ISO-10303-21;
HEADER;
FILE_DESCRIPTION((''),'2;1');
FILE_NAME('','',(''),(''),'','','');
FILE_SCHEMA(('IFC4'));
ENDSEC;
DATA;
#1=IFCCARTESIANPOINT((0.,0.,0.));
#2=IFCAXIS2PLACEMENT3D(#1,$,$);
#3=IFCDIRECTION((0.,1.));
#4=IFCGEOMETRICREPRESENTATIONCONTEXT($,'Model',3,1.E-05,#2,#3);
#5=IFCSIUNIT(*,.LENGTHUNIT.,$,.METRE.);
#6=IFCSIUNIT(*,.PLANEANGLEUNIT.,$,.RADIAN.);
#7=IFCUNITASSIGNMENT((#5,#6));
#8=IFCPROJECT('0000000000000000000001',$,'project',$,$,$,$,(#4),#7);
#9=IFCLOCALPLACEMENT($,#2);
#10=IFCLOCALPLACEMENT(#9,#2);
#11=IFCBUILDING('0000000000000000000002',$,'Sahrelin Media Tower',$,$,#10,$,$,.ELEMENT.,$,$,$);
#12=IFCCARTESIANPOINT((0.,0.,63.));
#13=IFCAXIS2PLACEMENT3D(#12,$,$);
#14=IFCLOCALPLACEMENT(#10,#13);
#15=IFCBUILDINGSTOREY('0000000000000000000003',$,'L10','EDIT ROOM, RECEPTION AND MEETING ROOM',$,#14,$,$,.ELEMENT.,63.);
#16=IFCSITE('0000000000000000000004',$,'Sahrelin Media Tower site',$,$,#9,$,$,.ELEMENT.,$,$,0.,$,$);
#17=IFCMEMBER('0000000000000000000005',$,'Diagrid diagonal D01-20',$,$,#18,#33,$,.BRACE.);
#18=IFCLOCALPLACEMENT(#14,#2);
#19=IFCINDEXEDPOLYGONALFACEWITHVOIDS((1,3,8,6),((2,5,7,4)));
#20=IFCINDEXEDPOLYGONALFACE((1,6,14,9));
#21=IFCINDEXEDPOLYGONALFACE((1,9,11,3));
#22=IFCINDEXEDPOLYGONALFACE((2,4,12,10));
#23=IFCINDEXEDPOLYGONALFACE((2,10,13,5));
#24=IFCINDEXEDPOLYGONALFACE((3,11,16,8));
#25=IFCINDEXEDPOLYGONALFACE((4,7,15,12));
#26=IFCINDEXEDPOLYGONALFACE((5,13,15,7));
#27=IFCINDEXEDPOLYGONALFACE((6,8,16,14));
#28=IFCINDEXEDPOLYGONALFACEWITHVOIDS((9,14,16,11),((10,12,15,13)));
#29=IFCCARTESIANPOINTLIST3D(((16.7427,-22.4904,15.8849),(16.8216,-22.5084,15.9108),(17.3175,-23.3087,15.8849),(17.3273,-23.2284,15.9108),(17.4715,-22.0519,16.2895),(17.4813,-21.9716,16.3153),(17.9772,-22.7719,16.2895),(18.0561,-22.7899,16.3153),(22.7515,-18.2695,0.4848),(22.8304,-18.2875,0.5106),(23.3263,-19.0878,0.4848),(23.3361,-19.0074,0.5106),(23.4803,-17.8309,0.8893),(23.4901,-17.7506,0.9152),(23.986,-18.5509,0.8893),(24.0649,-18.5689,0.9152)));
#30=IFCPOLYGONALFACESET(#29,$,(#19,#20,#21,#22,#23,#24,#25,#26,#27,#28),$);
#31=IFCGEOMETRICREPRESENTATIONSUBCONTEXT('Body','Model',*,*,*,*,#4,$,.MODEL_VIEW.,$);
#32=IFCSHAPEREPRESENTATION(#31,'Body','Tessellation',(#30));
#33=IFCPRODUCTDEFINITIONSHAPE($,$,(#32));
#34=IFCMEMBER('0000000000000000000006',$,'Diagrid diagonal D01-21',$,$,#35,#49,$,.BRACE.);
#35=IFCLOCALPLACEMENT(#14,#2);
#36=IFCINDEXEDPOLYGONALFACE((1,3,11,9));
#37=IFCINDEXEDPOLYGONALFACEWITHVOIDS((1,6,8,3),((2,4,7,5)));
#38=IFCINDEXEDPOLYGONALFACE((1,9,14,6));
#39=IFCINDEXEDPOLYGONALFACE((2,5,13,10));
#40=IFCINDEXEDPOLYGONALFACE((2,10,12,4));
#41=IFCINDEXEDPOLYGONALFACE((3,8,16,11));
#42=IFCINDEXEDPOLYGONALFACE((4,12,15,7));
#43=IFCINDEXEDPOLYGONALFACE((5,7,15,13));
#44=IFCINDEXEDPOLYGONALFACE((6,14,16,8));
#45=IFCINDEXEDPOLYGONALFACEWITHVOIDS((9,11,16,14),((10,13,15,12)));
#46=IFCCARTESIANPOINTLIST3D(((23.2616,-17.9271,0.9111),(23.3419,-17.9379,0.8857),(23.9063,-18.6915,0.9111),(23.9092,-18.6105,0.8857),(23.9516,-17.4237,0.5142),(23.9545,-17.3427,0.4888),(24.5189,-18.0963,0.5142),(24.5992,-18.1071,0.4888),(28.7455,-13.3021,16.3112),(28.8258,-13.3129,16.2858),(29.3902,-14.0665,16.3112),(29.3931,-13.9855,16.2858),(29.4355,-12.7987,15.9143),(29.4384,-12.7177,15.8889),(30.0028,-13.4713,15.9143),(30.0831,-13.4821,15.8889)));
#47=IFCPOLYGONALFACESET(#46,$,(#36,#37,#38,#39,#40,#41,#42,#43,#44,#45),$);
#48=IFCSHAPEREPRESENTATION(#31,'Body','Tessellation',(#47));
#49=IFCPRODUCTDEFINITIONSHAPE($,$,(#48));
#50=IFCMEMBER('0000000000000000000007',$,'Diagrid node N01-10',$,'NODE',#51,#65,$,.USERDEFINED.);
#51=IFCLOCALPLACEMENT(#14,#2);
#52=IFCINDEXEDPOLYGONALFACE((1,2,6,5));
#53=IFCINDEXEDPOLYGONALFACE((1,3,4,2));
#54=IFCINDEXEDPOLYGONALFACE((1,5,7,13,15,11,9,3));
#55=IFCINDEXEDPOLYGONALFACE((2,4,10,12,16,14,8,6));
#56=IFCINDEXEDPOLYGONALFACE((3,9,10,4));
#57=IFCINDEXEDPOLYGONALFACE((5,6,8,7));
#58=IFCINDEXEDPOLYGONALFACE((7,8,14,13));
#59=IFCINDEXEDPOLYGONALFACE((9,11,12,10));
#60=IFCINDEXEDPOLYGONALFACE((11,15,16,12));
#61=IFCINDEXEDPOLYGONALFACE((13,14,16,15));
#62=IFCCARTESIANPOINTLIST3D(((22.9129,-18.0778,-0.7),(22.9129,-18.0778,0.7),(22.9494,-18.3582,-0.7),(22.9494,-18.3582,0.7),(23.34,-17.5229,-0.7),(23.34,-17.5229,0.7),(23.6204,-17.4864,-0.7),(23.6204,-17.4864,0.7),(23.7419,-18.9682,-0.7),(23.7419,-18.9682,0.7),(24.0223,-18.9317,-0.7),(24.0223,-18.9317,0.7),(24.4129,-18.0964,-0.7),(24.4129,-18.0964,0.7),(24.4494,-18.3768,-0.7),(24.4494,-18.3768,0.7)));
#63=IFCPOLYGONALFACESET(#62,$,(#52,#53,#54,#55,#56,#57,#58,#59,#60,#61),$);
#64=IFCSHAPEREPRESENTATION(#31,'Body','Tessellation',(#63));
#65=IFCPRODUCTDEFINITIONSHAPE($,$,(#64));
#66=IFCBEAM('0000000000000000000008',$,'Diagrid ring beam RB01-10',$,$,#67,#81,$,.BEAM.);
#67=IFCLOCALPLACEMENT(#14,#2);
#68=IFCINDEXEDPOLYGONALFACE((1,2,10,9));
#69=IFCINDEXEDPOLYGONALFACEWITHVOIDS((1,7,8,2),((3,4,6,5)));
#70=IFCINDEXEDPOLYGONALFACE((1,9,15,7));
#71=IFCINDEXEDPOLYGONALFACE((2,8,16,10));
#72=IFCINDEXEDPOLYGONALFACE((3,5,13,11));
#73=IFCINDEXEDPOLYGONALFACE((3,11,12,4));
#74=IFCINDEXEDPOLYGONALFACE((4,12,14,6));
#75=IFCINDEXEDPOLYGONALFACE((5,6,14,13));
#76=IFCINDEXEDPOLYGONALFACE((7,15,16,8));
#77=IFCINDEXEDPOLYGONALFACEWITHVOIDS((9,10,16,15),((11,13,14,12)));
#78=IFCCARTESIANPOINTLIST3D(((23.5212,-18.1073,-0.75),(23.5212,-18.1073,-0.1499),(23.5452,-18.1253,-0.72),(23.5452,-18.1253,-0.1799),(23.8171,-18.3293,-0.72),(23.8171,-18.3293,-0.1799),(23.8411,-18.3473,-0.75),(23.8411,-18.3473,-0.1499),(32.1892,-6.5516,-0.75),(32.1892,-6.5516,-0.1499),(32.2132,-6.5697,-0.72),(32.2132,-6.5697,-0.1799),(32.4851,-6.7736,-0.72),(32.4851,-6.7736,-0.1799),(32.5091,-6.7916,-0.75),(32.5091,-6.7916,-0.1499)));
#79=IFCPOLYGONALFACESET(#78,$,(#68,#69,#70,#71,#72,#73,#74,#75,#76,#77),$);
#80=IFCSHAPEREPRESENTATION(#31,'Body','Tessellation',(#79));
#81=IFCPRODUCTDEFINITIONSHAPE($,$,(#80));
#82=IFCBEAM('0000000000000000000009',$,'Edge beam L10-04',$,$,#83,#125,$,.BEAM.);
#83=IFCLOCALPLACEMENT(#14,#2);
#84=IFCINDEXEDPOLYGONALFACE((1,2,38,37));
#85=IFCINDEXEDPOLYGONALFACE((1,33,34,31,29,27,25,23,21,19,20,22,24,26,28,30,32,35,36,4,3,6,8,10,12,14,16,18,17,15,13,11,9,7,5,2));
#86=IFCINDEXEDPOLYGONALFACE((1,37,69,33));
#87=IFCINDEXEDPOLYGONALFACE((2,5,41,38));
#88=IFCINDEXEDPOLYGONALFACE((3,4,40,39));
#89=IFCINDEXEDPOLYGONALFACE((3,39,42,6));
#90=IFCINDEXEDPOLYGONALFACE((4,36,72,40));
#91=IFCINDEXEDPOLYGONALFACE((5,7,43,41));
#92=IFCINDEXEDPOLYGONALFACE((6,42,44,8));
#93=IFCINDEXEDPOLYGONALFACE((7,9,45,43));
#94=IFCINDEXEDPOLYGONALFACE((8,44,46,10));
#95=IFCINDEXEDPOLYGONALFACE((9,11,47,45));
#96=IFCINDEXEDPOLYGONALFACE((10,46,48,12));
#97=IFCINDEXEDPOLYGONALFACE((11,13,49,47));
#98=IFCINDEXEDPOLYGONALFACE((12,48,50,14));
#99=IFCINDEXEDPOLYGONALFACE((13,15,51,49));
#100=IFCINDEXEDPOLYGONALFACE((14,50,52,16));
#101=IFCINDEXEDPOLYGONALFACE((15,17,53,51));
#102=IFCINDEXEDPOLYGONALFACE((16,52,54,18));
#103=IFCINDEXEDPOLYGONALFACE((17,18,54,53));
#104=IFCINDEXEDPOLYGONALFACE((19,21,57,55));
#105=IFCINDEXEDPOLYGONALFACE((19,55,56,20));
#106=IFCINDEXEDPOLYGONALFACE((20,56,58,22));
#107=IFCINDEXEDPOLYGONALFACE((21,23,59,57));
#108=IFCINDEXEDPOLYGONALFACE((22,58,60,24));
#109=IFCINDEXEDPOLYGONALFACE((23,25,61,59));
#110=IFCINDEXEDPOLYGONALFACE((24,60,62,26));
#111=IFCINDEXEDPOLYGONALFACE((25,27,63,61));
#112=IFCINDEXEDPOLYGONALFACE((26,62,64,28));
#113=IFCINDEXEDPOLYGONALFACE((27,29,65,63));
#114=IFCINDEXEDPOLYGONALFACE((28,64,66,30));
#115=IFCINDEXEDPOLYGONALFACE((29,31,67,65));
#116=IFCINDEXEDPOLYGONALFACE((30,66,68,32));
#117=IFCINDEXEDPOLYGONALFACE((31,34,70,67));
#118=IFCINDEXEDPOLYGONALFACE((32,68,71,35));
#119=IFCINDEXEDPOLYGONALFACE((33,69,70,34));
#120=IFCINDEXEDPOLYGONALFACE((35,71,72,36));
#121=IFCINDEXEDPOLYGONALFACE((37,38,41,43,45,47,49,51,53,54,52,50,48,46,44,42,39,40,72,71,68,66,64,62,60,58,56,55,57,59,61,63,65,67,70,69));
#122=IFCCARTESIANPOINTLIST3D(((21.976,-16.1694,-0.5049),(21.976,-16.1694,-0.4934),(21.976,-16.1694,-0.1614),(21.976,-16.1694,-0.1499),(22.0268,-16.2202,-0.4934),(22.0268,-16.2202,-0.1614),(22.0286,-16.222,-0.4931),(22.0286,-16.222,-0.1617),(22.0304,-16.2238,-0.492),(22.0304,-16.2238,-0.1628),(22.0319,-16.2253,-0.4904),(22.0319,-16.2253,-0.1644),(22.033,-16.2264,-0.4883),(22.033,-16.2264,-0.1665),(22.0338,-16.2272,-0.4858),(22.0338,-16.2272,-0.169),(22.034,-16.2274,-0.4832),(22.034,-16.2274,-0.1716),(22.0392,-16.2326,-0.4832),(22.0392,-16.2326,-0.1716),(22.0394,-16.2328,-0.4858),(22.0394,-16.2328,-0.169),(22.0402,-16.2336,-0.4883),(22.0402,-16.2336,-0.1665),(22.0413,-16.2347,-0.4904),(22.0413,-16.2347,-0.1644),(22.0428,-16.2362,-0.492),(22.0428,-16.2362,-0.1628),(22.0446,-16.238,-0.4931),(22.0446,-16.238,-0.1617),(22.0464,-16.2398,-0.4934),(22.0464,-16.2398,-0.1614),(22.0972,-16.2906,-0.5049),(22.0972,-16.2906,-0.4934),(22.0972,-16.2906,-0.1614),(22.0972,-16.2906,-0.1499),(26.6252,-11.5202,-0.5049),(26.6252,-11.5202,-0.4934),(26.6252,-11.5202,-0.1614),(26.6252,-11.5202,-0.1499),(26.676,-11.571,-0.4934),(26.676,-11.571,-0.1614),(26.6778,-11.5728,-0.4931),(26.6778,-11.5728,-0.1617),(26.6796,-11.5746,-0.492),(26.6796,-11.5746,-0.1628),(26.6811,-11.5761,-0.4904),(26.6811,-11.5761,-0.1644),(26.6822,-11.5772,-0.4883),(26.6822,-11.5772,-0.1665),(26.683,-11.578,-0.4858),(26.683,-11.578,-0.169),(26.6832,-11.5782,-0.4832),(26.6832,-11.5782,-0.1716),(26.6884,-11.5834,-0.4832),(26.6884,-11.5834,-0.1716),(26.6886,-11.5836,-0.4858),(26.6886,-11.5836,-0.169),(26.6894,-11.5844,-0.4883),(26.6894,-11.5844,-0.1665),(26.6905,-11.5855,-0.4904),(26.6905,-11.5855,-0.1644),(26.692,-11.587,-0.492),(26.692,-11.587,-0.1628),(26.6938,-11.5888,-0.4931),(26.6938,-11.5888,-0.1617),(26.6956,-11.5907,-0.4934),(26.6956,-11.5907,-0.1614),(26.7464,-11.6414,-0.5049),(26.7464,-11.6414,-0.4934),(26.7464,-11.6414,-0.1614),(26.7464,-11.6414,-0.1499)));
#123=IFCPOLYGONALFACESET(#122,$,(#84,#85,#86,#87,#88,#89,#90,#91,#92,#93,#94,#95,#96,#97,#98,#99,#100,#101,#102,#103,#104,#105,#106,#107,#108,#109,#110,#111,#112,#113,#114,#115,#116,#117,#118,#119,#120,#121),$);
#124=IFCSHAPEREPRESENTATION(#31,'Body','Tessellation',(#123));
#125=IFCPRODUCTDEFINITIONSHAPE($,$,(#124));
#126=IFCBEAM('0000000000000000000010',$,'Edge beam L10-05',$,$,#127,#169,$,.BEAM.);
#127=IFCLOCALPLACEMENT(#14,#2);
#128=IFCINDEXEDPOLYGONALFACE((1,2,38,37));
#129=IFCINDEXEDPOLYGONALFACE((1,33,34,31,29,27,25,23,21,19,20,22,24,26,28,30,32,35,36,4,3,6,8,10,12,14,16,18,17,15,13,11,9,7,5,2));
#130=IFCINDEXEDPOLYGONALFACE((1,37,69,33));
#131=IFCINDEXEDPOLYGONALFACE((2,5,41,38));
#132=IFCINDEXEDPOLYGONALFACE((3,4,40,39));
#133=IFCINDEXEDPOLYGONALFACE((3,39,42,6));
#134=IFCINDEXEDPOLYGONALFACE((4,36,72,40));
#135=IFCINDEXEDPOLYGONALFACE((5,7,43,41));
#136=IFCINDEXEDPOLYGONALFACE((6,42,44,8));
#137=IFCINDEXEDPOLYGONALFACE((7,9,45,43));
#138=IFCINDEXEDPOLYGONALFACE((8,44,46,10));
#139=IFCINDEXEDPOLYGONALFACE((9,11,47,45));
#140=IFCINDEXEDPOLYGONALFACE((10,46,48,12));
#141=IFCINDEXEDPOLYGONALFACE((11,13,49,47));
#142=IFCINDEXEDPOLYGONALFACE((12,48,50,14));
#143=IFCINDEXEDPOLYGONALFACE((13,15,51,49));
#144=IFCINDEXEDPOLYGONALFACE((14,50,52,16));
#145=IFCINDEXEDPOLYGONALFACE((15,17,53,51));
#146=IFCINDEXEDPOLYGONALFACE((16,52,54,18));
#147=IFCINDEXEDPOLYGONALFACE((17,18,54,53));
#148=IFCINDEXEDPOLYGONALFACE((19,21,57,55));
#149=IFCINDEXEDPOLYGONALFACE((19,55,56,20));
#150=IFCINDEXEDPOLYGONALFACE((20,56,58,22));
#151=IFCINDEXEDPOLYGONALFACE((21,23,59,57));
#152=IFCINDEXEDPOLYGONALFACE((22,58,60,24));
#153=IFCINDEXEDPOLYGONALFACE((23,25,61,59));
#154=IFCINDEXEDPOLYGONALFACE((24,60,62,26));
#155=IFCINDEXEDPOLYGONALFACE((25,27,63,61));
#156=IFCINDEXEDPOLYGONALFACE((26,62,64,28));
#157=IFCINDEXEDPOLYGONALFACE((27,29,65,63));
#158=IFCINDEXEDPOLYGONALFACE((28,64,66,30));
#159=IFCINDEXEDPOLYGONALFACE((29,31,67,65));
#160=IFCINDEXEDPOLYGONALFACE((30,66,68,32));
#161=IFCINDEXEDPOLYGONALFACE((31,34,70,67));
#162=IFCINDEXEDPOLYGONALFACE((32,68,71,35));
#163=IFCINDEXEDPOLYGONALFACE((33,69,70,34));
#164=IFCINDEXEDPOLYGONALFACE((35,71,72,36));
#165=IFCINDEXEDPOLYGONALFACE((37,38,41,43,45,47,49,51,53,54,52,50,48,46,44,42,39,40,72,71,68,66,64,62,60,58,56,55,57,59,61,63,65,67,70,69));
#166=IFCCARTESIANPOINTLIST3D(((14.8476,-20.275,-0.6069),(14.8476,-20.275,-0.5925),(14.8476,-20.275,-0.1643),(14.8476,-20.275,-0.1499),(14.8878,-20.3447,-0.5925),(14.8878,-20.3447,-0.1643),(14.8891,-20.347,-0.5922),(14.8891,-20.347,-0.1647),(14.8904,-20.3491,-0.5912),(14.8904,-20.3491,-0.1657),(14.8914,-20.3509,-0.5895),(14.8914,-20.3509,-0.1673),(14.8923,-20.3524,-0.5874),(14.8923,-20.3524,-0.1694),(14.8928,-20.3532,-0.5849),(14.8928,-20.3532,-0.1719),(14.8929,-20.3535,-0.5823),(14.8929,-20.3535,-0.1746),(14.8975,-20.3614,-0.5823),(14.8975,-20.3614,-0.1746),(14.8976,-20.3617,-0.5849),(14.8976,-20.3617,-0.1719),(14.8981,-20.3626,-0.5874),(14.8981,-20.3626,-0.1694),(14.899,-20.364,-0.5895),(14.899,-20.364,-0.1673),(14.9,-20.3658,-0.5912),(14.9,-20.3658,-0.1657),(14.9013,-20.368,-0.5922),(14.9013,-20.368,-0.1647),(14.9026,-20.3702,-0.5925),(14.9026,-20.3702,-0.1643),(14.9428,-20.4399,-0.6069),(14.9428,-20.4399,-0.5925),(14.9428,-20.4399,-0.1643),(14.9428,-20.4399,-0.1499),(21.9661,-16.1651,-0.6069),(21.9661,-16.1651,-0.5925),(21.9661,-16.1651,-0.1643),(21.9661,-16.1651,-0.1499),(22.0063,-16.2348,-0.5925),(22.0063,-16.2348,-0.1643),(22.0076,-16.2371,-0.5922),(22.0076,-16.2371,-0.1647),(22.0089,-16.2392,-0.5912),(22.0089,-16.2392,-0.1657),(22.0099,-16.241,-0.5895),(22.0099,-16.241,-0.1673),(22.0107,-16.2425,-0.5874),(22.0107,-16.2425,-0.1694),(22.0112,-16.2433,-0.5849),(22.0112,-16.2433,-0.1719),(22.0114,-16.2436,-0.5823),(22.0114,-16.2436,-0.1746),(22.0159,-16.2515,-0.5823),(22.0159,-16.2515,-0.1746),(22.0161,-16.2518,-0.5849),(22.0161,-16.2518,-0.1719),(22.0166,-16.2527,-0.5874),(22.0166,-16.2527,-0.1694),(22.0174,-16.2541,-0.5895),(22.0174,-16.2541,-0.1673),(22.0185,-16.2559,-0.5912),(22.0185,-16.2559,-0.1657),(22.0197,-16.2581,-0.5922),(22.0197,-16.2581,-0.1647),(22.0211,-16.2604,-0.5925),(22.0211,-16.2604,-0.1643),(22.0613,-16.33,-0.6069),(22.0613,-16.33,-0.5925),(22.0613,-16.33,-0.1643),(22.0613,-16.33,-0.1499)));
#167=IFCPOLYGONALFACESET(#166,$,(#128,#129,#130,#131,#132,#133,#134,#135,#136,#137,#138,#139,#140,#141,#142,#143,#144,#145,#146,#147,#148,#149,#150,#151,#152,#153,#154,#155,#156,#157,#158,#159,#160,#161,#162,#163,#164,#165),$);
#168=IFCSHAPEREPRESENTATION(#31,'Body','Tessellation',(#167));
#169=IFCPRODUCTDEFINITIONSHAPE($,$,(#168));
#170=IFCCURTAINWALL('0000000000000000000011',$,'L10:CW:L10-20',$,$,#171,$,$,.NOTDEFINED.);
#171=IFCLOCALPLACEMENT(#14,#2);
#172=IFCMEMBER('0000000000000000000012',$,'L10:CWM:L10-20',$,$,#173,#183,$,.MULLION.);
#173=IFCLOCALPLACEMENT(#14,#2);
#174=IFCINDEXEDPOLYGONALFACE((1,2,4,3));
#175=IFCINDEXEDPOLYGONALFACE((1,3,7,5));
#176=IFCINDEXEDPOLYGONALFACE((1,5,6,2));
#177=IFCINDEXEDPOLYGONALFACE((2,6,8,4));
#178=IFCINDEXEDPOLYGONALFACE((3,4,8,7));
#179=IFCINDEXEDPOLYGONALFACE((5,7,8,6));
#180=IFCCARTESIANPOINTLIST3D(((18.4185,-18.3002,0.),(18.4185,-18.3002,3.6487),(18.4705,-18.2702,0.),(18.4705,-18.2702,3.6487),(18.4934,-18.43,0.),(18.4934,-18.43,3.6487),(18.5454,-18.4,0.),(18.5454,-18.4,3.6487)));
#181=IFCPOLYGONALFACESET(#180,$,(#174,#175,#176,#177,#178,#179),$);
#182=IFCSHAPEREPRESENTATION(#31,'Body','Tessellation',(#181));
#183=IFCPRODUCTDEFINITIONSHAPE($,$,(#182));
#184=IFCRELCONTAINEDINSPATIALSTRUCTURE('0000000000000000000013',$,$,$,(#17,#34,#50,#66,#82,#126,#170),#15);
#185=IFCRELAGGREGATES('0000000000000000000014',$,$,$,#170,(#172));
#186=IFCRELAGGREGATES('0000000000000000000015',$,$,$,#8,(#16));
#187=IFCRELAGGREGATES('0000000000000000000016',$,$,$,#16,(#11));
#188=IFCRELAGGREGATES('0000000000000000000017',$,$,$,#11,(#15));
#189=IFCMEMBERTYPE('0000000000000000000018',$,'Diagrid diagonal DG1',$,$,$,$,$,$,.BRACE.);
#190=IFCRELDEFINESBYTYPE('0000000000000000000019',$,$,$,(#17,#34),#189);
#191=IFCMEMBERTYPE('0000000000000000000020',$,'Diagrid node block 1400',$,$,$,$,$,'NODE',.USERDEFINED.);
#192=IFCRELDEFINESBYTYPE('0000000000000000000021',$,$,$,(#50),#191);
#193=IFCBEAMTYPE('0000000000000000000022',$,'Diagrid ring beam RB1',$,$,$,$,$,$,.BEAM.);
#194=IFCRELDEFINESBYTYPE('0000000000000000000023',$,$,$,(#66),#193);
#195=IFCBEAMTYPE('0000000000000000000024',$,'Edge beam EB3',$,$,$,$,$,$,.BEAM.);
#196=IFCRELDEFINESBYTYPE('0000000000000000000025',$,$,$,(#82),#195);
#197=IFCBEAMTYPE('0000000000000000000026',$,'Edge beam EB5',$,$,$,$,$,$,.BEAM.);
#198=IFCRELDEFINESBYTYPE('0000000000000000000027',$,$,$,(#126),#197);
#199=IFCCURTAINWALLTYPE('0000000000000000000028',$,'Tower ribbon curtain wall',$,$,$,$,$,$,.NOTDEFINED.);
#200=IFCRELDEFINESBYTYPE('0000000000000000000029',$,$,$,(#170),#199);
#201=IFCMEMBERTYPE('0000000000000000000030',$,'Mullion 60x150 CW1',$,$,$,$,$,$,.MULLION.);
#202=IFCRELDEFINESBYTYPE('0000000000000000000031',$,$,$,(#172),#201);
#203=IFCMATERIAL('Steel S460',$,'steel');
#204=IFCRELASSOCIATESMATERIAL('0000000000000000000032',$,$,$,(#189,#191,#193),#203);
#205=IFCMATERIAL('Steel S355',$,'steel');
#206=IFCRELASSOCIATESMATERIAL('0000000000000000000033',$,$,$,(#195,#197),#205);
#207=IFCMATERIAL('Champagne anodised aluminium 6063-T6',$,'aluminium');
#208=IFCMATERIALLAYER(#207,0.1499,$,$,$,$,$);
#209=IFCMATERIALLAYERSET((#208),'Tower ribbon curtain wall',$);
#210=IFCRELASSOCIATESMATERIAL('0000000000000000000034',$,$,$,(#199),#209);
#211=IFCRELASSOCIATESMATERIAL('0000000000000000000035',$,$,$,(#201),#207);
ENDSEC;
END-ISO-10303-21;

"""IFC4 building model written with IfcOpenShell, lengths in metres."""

from ifc_helpers import new_model, si_unit, direction, frame, origin, origin_2d, place, context, subcontext, project, spatial, polyline, rectangle, hollow_rectangle, i_section, outline, extrude, material, layer, layer_set, material_profile, profile_set, type_object, element, aggregate, save


model = new_model("IFC4")

# Units and contexts
model_context = context("Model", 3, precision=1e-05, world=origin(), true_north=direction((0.0, 1.0)))
body_context = subcontext(model_context, "Body", "Model", "MODEL_VIEW")
ifc_project = project(units=[si_unit("LENGTHUNIT", "METRE"), si_unit("PLANEANGLEUNIT", "RADIAN")], contexts=[model_context])

# Site, building, storey
site_placement = place(None, origin())
site = spatial("IfcSite", under=ifc_project, at=site_placement, Name="Sahrelin Media Tower site", CompositionType="ELEMENT", RefElevation=0.0)
building_placement = place(site_placement, origin())
building = spatial("IfcBuilding", under=site, at=building_placement, Name="Sahrelin Media Tower", CompositionType="ELEMENT")
storey_placement = place(building_placement, frame((0.0, 0.0, 63.0)))
storey = spatial("IfcBuildingStorey", under=building, at=storey_placement, Name="L10", Description="EDIT ROOM, RECEPTION AND MEETING ROOM", CompositionType="ELEMENT", Elevation=63.0)

# Members
ifc_material_1 = material(Name="Steel S460", Category="steel")
ifc_material_profile_1 = material_profile(ifc_material_1, hollow_rectangle(XDim=1.0, YDim=1.0, WallThickness=0.0601, at=origin_2d()), Name="Diagrid diagonal DG1")
ifc_profile_set_1 = profile_set([ifc_material_profile_1], Name="Steel S460")
member_type_1 = type_object("IfcMemberType", Name="Diagrid diagonal DG1", PredefinedType="BRACE", material=ifc_profile_set_1)
member_1_placement = place(storey_placement, frame((23.4082, -18.4192, 0.7), z_axis=(-0.352189, -0.2474, 0.902639), x_axis=(0.574814, -0.818284, 0.0)))
element("IfcMember", 1, at=member_1_placement, inside=storey, type_object=member_type_1, Name="Diagrid diagonal D01-20", PredefinedType="BRACE", context=body_context, shape_type="SweptSolid", body=[
    extrude(hollow_rectangle(XDim=1.0, YDim=1.0, WallThickness=0.0601, at=origin_2d()), origin(), (0.0, 0.0, 1.0), 17.0613),
])
member_2_placement = place(storey_placement, frame((23.9304, -18.0171, 0.7), z_axis=(0.322789, 0.272234, 0.906474), x_axis=(-0.644706, 0.764431, 0.0)))
element("IfcMember", 2, at=member_2_placement, inside=storey, type_object=member_type_1, Name="Diagrid diagonal D01-21", PredefinedType="BRACE", context=body_context, shape_type="SweptSolid", body=[
    extrude(hollow_rectangle(XDim=1.0, YDim=1.0, WallThickness=0.0601, at=origin_2d()), origin(), (0.0, 0.0, 1.0), 16.989),
])
ifc_material_profile_2 = material_profile(ifc_material_1, outline(polyline([(0.5, -0.55), (0.7, -0.3501), (0.7, 0.3501), (0.5, 0.55), (-0.5, 0.55), (-0.7, 0.3501), (-0.7, -0.3501), (-0.5, -0.55), (0.5, -0.55)])), Name="Diagrid node block 1400")
ifc_profile_set_2 = profile_set([ifc_material_profile_2], Name="Steel S460")
member_type_2 = type_object("IfcMemberType", Name="Diagrid node block 1400", ElementType="NODE", PredefinedType="USERDEFINED", material=ifc_profile_set_2)
member_3_placement = place(storey_placement, frame((23.6812, -18.2273, -0.7), z_axis=(0.0, 0.0, 1.0), x_axis=(0.792445, -0.609943, 0.0)))
element("IfcMember", 3, at=member_3_placement, inside=storey, type_object=member_type_2, Name="Diagrid node N01-10", ObjectType="NODE", PredefinedType="USERDEFINED", context=body_context, shape_type="SweptSolid", body=[
    extrude(outline(polyline([(0.5, -0.55), (0.7, -0.3501), (0.7, 0.3501), (0.5, 0.55), (-0.5, 0.55), (-0.7, 0.3501), (-0.7, -0.3501), (-0.5, -0.55), (0.5, -0.55)])), origin(), (0.0, 0.0, 1.0), 1.3999),
])

# Beams
ifc_material_profile_3 = material_profile(ifc_material_1, hollow_rectangle(XDim=0.3999, YDim=0.6001, WallThickness=0.03, at=origin_2d()), Name="Diagrid ring beam RB1")
ifc_profile_set_3 = profile_set([ifc_material_profile_3], Name="Steel S460")
beam_type_1 = type_object("IfcBeamType", Name="Diagrid ring beam RB1", PredefinedType="BEAM", material=ifc_profile_set_3)
beam_1_placement = place(storey_placement, frame((23.6812, -18.2273, -0.45), z_axis=(0.600054, 0.799959, 0.0), x_axis=(-0.799959, 0.600054, 0.0)))
element("IfcBeam", 4, at=beam_1_placement, inside=storey, type_object=beam_type_1, Name="Diagrid ring beam RB01-10", PredefinedType="BEAM", context=body_context, shape_type="SweptSolid", body=[
    extrude(hollow_rectangle(XDim=0.3999, YDim=0.6001, WallThickness=0.03, at=origin_2d()), origin(), (0.0, 0.0, 1.0), 14.4453),
])
ifc_material_2 = material(Name="Steel S355", Category="steel")
ifc_material_profile_4 = material_profile(ifc_material_2, i_section(OverallWidth=0.1714, OverallDepth=0.355, WebThickness=0.0073, FlangeThickness=0.0115, FilletRadius=0.0103, at=origin_2d()), Name="UB 356x171x51")
ifc_profile_set_4 = profile_set([ifc_material_profile_4], Name="Steel S355")
beam_type_2 = type_object("IfcBeamType", Name="Edge beam EB3", PredefinedType="BEAM", material=ifc_profile_set_4)
beam_2_placement = place(storey_placement, frame((26.6858, -11.5808, -0.3274), z_axis=(-0.707107, -0.707107, 0.0), x_axis=(0.707107, -0.707107, 0.0)))
element("IfcBeam", 5, at=beam_2_placement, inside=storey, type_object=beam_type_2, Name="Edge beam L10-04", PredefinedType="BEAM", context=body_context, shape_type="SweptSolid", body=[
    extrude(i_section(OverallWidth=0.1714, OverallDepth=0.355, WebThickness=0.0073, FlangeThickness=0.0115, FilletRadius=0.0103, at=origin_2d()), origin(), (0.0, 0.0, 1.0), 6.575),
])
ifc_material_profile_5 = material_profile(ifc_material_2, i_section(OverallWidth=0.1904, OverallDepth=0.457, WebThickness=0.009, FlangeThickness=0.0144, FilletRadius=0.0103, at=origin_2d()), Name="UB 457x191x74")
ifc_profile_set_5 = profile_set([ifc_material_profile_5], Name="Steel S355")
beam_type_3 = type_object("IfcBeamType", Name="Edge beam EB5", PredefinedType="BEAM", material=ifc_profile_set_5)
beam_3_placement = place(storey_placement, frame((22.0137, -16.2476, -0.3784), z_axis=(-0.866023, -0.500004, 0.0), x_axis=(0.500004, -0.866023, 0.0)))
element("IfcBeam", 6, at=beam_3_placement, inside=storey, type_object=beam_type_3, Name="Edge beam L10-05", PredefinedType="BEAM", context=body_context, shape_type="SweptSolid", body=[
    extrude(i_section(OverallWidth=0.1904, OverallDepth=0.457, WebThickness=0.009, FlangeThickness=0.0144, FilletRadius=0.0103, at=origin_2d()), origin(), (0.0, 0.0, 1.0), 8.2197),
])

# Curtain wall, member
ifc_material_3 = material(Name="Champagne anodised aluminium 6063-T6", Category="aluminium")
ifc_layer_1 = layer(ifc_material_3, 0.1499)
ifc_layer_set_1 = layer_set([ifc_layer_1], Name="Tower ribbon curtain wall")
curtain_wall_type = type_object("IfcCurtainWallType", Name="Tower ribbon curtain wall", PredefinedType="NOTDEFINED", material=ifc_layer_set_1)
curtain_wall_1_placement = place(storey_placement, frame((18.5293, -18.4326, 0.0), z_axis=(0.0, 0.0, 1.0), x_axis=(1.0, 0.0, 0.0)))
curtain_wall_1 = element("IfcCurtainWall", 7, at=curtain_wall_1_placement, inside=storey, type_object=curtain_wall_type, Name="L10:CW:L10-20", PredefinedType="NOTDEFINED")
ifc_material_profile_6 = material_profile(ifc_material_3, rectangle(XDim=0.0601, YDim=0.1499, at=origin_2d()), Name="Mullion 60x150")
ifc_profile_set_6 = profile_set([ifc_material_profile_6], Name="Champagne anodised aluminium 6063-T6")
member_type_3 = type_object("IfcMemberType", Name="Mullion 60x150 CW1", PredefinedType="MULLION", material=ifc_profile_set_6)
member_4_placement = place(storey_placement, frame((18.4819, -18.3501, 0.0), z_axis=(0.0, 0.0, 1.0), x_axis=(0.866025, 0.5, 0.0)))
member_4 = element("IfcMember", 8, at=member_4_placement, type_object=member_type_3, Name="L10:CWM:L10-20", PredefinedType="MULLION", context=body_context, shape_type="SweptSolid", body=[
    extrude(rectangle(XDim=0.0601, YDim=0.1499, at=origin_2d()), origin(), (0.0, 0.0, 1.0), 3.6487),
])

aggregate(curtain_wall_1, [member_4])

save(model, "model.ifc")
